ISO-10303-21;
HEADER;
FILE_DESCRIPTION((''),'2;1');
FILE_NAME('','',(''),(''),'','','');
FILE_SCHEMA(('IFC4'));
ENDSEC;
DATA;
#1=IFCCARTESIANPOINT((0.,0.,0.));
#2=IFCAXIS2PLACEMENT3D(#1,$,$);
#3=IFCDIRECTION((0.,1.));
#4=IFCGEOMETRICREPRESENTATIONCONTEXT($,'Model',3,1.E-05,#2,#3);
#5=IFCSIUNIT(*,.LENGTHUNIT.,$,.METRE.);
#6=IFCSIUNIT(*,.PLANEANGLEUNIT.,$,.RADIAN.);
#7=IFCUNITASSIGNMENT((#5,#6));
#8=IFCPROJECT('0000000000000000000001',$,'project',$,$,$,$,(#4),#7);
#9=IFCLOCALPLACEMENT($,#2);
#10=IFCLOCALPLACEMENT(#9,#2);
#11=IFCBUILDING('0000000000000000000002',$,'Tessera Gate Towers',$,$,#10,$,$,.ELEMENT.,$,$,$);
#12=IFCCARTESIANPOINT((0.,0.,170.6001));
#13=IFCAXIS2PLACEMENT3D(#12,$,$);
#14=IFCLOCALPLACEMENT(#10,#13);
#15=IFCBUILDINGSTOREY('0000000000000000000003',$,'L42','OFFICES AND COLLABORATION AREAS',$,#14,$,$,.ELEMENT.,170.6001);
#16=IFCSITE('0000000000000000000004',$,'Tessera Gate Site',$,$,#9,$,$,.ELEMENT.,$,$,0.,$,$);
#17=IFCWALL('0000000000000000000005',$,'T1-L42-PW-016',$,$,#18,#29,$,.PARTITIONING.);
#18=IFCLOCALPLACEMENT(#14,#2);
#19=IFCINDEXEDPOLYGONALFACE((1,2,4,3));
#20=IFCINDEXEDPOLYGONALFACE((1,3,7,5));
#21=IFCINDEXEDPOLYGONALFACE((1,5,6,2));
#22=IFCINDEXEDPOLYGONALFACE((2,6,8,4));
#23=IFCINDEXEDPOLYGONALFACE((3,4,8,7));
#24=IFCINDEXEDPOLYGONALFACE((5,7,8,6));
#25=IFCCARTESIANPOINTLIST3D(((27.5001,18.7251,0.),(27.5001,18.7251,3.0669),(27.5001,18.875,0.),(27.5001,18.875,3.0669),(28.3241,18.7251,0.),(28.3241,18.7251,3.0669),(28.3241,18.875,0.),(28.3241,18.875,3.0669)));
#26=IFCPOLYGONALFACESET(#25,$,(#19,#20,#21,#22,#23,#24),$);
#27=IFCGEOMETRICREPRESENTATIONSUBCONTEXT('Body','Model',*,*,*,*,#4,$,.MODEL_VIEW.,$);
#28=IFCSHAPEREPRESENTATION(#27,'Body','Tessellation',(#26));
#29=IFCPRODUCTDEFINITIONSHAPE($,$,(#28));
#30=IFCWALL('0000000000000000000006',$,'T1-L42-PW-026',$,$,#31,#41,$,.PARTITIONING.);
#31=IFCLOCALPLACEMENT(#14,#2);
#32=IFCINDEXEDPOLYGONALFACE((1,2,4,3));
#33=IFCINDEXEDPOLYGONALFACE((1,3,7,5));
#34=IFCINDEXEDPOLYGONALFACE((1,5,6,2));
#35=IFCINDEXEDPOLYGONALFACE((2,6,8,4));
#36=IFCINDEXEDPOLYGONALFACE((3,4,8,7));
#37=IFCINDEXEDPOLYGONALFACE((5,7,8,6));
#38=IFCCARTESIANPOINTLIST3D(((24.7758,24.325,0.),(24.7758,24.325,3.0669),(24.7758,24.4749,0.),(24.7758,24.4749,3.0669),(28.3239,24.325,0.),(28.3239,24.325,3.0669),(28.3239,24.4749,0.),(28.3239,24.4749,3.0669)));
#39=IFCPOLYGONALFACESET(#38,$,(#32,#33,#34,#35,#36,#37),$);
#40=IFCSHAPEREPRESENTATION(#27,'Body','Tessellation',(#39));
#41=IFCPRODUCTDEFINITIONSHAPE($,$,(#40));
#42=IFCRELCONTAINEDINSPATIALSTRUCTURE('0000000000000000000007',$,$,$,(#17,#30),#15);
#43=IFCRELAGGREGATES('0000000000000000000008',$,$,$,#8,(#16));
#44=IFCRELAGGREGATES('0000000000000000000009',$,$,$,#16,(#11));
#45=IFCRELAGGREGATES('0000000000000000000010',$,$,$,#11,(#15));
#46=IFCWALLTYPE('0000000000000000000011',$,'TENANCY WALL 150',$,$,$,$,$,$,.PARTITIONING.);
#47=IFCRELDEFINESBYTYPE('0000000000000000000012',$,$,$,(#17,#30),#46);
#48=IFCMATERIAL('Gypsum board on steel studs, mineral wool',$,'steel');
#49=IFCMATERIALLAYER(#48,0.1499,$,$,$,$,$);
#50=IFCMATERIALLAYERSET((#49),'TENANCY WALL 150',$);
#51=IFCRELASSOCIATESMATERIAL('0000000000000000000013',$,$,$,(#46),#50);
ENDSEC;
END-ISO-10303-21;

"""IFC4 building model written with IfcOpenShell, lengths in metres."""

from ifc_helpers import new_model, si_unit, direction, frame, frame_2d, origin, place, context, subcontext, project, spatial, rectangle, extrude, material, layer, layer_set, type_object, element, save


model = new_model("IFC4")

# Units and contexts
model_context = context("Model", 3, precision=1e-05, world=origin(), true_north=direction((0.0, 1.0)))
body_context = subcontext(model_context, "Body", "Model", "MODEL_VIEW")
ifc_project = project(units=[si_unit("LENGTHUNIT", "METRE"), si_unit("PLANEANGLEUNIT", "RADIAN")], contexts=[model_context])

# Site, building, storey
site_placement = place(None, origin())
site = spatial("IfcSite", under=ifc_project, at=site_placement, Name="Tessera Gate Site", CompositionType="ELEMENT", RefElevation=0.0)
building_placement = place(site_placement, origin())
building = spatial("IfcBuilding", under=site, at=building_placement, Name="Tessera Gate Towers", CompositionType="ELEMENT")
storey_placement = place(building_placement, frame((0.0, 0.0, 170.6001)))
storey = spatial("IfcBuildingStorey", under=building, at=storey_placement, Name="L42", Description="OFFICES AND COLLABORATION AREAS", CompositionType="ELEMENT", Elevation=170.6001)

# Walls
ifc_material_1 = material(Name="Gypsum board on steel studs, mineral wool", Category="steel")
ifc_layer_1 = layer(ifc_material_1, 0.1499)
ifc_layer_set_1 = layer_set([ifc_layer_1], Name="TENANCY WALL 150")
wall_type_1 = type_object("IfcWallType", Name="TENANCY WALL 150", PredefinedType="PARTITIONING", material=ifc_layer_set_1)
wall_1_placement = place(storey_placement, frame((27.5, 18.8, 0.0), z_axis=(0.0, 0.0, 1.0), x_axis=(1.0, 0.0, 0.0)))
element("IfcWall", 1, at=wall_1_placement, inside=storey, type_object=wall_type_1, Name="T1-L42-PW-016", PredefinedType="PARTITIONING", context=body_context, shape_type="SweptSolid", body=[
    extrude(rectangle(XDim=0.824, YDim=0.1499, at=frame_2d((0.4121, 0.0))), origin(), (0.0, 0.0, 1.0), 3.0669),
])
wall_2_placement = place(storey_placement, frame((24.7759, 24.3999, 0.0), z_axis=(0.0, 0.0, 1.0), x_axis=(1.0, 0.0, 0.0)))
element("IfcWall", 2, at=wall_2_placement, inside=storey, type_object=wall_type_1, Name="T1-L42-PW-026", PredefinedType="PARTITIONING", context=body_context, shape_type="SweptSolid", body=[
    extrude(rectangle(XDim=3.5481, YDim=0.1499, at=frame_2d((1.7739, 0.0))), origin(), (0.0, 0.0, 1.0), 3.0669),
])

save(model, "model.ifc")
